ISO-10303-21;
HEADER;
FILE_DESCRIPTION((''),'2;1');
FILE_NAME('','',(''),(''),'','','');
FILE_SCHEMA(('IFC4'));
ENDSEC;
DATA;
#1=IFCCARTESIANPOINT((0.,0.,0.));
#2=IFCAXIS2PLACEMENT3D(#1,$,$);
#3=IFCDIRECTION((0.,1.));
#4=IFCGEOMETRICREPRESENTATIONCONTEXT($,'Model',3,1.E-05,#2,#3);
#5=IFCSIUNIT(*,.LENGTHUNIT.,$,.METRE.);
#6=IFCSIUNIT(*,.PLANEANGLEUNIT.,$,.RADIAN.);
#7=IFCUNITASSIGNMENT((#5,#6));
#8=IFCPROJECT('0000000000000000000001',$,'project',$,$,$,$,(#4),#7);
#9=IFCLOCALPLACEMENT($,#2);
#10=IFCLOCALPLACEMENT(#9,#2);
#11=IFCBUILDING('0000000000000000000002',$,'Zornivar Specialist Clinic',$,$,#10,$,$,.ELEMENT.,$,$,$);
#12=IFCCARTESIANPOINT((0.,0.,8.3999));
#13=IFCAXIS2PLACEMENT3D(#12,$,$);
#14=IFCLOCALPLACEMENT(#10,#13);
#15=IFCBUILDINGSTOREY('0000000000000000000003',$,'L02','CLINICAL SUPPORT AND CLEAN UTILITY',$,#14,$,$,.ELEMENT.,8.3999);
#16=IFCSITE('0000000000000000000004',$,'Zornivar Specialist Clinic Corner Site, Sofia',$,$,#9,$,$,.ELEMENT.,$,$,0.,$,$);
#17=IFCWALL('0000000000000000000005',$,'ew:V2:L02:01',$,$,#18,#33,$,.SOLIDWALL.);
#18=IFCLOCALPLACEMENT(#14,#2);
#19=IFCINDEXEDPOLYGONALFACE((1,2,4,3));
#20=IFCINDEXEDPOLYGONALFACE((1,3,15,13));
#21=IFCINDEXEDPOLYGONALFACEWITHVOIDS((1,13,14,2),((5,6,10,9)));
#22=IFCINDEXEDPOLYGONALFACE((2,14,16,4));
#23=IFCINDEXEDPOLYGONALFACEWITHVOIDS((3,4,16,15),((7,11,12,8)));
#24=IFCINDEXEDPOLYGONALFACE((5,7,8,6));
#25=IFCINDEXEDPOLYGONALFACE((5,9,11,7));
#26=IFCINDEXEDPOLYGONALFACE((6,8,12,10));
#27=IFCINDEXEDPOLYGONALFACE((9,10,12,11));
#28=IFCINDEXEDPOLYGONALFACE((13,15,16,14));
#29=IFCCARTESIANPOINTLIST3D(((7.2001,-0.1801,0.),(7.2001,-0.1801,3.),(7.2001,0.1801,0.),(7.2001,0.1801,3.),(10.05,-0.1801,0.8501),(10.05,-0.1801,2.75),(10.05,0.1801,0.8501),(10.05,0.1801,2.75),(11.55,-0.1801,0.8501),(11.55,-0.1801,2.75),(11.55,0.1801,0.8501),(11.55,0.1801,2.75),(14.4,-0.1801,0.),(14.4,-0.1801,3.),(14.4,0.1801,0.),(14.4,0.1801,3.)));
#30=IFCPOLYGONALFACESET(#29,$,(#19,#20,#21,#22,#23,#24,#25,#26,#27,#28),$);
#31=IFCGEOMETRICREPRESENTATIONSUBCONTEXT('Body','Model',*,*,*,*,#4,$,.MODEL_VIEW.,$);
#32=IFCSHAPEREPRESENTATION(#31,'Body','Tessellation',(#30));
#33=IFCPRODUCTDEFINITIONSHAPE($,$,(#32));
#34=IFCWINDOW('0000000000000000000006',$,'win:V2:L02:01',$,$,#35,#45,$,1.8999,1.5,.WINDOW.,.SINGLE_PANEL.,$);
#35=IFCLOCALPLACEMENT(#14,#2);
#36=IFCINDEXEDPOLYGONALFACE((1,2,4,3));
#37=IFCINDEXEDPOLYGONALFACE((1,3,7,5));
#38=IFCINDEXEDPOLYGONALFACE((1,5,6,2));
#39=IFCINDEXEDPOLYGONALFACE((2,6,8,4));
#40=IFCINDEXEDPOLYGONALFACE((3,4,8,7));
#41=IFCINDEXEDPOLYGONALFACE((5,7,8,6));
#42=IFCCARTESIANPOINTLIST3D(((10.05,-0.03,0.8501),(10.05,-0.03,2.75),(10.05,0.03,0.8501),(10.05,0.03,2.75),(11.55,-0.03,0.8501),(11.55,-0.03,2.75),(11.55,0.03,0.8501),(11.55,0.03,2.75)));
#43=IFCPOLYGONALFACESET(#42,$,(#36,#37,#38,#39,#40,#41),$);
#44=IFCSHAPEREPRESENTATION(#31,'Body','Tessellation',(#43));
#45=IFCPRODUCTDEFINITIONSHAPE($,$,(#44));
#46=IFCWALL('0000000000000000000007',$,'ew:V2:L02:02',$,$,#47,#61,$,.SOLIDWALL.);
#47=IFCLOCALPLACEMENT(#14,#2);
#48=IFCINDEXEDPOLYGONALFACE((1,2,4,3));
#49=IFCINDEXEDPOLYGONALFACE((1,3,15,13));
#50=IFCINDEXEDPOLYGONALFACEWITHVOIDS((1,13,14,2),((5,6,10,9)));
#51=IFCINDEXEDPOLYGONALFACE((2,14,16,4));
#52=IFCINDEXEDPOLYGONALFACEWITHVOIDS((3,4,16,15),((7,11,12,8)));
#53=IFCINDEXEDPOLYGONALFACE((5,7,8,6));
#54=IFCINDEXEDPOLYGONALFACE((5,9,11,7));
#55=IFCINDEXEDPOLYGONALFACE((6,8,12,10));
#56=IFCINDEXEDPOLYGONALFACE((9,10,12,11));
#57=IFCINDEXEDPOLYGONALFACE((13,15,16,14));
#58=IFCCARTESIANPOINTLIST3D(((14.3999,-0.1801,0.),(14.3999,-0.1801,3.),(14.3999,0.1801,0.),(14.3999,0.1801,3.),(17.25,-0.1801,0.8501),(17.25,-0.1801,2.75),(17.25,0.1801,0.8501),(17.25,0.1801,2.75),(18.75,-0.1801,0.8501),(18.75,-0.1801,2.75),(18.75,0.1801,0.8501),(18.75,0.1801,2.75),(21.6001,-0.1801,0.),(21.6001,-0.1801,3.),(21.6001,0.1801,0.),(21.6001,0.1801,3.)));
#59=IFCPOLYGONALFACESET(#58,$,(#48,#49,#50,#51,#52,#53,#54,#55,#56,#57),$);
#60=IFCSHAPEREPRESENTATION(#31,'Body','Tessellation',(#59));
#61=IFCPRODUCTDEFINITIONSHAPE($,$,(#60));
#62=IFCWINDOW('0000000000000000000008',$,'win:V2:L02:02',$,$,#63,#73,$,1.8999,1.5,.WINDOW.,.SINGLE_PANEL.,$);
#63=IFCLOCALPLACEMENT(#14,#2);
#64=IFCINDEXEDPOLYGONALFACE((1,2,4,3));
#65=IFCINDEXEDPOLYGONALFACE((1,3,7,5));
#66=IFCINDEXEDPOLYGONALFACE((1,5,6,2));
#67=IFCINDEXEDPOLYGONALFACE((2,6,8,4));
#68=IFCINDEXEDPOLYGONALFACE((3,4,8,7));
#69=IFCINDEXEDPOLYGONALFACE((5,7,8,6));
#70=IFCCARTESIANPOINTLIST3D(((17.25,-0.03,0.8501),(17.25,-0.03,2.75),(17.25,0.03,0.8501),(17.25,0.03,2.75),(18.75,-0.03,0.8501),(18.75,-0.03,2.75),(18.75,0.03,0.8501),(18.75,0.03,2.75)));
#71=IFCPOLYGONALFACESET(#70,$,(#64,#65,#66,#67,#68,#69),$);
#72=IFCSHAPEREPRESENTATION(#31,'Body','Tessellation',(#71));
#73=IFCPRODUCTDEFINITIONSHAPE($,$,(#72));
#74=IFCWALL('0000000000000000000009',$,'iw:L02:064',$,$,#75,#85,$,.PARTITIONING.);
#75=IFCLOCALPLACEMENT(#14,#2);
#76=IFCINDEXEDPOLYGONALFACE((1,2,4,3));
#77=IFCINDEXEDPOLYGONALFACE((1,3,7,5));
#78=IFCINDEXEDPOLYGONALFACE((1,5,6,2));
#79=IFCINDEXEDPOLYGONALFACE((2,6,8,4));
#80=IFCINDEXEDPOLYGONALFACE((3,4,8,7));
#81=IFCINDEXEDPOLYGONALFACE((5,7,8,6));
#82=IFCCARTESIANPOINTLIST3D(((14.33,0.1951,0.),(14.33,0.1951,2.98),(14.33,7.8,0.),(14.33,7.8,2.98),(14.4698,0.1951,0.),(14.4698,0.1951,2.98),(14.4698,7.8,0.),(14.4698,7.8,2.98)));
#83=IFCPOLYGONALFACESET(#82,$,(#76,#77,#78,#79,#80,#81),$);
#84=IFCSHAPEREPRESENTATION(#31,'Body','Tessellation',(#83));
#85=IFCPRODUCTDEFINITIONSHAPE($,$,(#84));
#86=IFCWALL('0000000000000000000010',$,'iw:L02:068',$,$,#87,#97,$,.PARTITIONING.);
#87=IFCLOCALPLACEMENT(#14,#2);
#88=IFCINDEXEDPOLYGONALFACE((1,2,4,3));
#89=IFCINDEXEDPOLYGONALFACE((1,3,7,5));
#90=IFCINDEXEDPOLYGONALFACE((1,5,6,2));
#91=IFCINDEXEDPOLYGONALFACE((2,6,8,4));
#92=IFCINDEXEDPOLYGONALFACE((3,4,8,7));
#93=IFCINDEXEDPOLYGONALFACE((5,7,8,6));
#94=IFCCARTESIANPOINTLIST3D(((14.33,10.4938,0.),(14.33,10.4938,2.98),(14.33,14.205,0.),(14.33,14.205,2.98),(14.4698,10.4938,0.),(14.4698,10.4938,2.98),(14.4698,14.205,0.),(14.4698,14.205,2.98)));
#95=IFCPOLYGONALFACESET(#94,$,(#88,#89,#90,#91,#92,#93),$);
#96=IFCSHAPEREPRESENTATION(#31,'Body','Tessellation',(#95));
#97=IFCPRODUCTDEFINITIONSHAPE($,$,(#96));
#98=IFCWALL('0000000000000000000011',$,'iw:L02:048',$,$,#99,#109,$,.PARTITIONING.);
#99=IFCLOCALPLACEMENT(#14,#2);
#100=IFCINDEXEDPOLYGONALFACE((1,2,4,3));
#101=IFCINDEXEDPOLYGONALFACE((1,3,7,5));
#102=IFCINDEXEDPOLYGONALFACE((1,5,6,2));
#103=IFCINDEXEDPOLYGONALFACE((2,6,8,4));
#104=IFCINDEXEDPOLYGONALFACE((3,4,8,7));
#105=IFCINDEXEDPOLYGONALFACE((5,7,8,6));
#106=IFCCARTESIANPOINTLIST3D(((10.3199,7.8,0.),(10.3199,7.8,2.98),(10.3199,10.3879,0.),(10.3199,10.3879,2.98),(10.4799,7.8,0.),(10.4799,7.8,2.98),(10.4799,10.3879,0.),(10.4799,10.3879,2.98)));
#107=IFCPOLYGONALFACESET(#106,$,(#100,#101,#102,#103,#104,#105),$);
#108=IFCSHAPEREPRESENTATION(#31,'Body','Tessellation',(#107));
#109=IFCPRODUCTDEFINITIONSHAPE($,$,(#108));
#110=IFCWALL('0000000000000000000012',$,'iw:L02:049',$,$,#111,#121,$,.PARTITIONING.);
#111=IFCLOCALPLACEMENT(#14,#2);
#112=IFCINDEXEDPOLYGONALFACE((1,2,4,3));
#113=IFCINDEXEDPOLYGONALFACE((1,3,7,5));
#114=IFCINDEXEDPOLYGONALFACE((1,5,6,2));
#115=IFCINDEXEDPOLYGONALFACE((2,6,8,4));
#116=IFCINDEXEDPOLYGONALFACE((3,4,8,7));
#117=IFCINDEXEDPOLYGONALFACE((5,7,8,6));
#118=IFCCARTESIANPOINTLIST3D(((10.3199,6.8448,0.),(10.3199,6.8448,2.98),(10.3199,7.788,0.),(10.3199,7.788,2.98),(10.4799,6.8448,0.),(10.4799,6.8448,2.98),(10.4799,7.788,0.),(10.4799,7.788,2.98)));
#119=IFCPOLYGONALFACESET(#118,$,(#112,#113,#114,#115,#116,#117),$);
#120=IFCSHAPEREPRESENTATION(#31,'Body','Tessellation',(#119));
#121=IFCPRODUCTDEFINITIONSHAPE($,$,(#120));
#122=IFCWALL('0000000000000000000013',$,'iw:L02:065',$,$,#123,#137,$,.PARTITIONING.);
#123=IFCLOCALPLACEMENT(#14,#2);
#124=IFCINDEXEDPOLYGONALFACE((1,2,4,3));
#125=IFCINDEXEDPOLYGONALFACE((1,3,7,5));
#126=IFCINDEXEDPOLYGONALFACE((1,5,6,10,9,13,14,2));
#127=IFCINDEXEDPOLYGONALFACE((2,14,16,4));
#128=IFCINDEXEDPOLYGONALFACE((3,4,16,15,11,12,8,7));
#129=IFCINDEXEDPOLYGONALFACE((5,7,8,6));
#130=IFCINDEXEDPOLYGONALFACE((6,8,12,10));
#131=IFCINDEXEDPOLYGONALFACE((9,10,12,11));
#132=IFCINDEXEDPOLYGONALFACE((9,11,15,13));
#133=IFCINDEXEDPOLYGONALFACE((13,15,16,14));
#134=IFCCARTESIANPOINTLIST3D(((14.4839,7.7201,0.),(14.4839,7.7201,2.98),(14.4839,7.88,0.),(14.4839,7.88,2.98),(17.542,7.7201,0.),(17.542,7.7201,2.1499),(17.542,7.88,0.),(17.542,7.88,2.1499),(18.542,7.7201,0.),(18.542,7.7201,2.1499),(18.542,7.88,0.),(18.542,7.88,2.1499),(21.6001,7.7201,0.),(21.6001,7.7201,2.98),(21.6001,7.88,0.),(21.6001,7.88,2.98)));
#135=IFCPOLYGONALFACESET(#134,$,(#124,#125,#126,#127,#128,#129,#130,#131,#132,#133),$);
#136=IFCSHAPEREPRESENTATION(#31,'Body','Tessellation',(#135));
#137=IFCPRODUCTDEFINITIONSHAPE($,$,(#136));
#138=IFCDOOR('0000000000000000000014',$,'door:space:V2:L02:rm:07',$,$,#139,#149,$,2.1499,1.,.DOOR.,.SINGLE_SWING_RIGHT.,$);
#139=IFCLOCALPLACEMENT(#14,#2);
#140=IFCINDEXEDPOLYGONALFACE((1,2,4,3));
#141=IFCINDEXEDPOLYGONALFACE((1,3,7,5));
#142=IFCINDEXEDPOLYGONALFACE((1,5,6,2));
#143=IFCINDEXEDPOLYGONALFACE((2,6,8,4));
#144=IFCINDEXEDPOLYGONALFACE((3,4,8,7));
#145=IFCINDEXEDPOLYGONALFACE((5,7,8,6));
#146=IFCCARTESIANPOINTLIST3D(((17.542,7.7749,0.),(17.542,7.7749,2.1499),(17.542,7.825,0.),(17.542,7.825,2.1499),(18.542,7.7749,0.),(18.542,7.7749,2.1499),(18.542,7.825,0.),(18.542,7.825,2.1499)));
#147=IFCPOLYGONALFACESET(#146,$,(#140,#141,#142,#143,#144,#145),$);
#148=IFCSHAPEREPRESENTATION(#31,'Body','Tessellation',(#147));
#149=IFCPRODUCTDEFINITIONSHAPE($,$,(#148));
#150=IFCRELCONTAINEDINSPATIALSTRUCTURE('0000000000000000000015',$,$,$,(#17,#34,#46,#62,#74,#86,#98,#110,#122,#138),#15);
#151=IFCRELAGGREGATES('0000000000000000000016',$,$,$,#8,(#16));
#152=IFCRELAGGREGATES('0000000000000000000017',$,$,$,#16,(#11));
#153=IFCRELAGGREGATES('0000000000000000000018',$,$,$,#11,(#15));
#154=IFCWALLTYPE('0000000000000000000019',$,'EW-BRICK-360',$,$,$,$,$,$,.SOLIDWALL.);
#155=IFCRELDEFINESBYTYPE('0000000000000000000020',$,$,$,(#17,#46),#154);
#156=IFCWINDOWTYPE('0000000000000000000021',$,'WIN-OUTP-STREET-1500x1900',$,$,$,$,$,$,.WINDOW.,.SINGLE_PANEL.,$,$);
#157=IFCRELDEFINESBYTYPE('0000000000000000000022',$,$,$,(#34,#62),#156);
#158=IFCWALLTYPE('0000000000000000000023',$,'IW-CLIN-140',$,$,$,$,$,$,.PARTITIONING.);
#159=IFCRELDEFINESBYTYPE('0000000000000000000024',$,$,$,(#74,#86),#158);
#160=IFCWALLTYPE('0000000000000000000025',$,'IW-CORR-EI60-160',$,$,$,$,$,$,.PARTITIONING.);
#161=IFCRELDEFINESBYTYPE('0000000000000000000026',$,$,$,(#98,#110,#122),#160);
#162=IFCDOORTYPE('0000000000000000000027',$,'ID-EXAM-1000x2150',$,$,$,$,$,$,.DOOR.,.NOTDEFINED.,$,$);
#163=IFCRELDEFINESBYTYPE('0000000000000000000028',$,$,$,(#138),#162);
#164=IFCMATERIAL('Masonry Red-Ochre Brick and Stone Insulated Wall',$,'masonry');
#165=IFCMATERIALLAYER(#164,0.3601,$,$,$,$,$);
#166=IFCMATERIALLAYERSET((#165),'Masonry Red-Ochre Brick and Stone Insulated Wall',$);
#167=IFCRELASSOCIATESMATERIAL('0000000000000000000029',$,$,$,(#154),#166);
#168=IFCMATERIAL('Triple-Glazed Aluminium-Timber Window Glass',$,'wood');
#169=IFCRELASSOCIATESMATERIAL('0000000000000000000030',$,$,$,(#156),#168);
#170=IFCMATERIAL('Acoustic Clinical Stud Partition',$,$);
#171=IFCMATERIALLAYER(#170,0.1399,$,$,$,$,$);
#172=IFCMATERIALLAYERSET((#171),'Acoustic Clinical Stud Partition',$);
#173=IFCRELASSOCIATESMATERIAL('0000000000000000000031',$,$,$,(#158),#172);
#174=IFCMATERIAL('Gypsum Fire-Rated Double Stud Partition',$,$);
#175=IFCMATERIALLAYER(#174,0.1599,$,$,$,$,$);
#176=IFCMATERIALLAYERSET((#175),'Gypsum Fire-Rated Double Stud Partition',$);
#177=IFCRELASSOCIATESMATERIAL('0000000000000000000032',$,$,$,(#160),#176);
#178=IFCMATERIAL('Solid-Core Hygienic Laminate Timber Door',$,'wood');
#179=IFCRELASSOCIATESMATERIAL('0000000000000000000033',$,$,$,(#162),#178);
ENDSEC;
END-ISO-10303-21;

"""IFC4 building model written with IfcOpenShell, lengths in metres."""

from ifc_helpers import new_model, si_unit, direction, frame, frame_2d, origin, place, context, subcontext, project, spatial, rectangle, extrude, material, layer, layer_set, type_object, element, fill, save


model = new_model("IFC4")

# Units and contexts
model_context = context("Model", 3, precision=1e-05, world=origin(), true_north=direction((0.0, 1.0)))
body_context = subcontext(model_context, "Body", "Model", "MODEL_VIEW")
ifc_project = project(units=[si_unit("LENGTHUNIT", "METRE"), si_unit("PLANEANGLEUNIT", "RADIAN")], contexts=[model_context])

# Site, building, storey
site_placement = place(None, origin())
site = spatial("IfcSite", under=ifc_project, at=site_placement, Name="Zornivar Specialist Clinic Corner Site, Sofia", CompositionType="ELEMENT", RefElevation=0.0)
building_placement = place(site_placement, origin())
building = spatial("IfcBuilding", under=site, at=building_placement, Name="Zornivar Specialist Clinic", CompositionType="ELEMENT")
storey_placement = place(building_placement, frame((0.0, 0.0, 8.3999)))
storey = spatial("IfcBuildingStorey", under=building, at=storey_placement, Name="L02", Description="CLINICAL SUPPORT AND CLEAN UTILITY", CompositionType="ELEMENT", Elevation=8.3999)

# Walls, openings, windows
ifc_material_1 = material(Name="Masonry Red-Ochre Brick and Stone Insulated Wall", Category="masonry")
ifc_layer_1 = layer(ifc_material_1, 0.3601)
ifc_layer_set_1 = layer_set([ifc_layer_1], Name="Masonry Red-Ochre Brick and Stone Insulated Wall")
wall_type_1 = type_object("IfcWallType", Name="EW-BRICK-360", PredefinedType="SOLIDWALL", material=ifc_layer_set_1)
wall_1_placement = place(storey_placement, frame((7.2, 0.0, 0.0), z_axis=(0.0, 0.0, 1.0), x_axis=(1.0, 0.0, 0.0)))
wall_1 = element("IfcWall", 1, at=wall_1_placement, inside=storey, type_object=wall_type_1, Name="ew:V2:L02:01", PredefinedType="SOLIDWALL", context=body_context, shape_type="SweptSolid", body=[
    extrude(rectangle(XDim=7.2, YDim=0.3601, at=frame_2d((3.6001, 0.0))), origin(), (0.0, 0.0, 1.0), 3.0),
])
opening_1_placement = place(wall_1_placement, frame((2.8501, 0.0, 0.8501)))
opening_1 = element("IfcOpeningElement", 2, at=opening_1_placement, cuts=wall_1, PredefinedType="OPENING", context=body_context, shape_type="SweptSolid", body=[
    extrude(rectangle(XDim=1.5, YDim=1.8999, at=frame_2d((0.75, 0.95))), frame((0.0, 0.1899, 0.0), z_axis=(0.0, -1.0, 0.0), x_axis=(1.0, 0.0, 0.0)), (0.0, 0.0, 1.0), 0.3801),
])
ifc_material_2 = material(Name="Triple-Glazed Aluminium-Timber Window Glass", Category="wood")
window_type = type_object("IfcWindowType", Name="WIN-OUTP-STREET-1500x1900", PartitioningType="SINGLE_PANEL", PredefinedType="WINDOW", material=ifc_material_2)
window_1_placement = place(opening_1_placement, origin())
window_1 = element("IfcWindow", 3, at=window_1_placement, inside=storey, type_object=window_type, Name="win:V2:L02:01", OverallHeight=1.8999, OverallWidth=1.5, PartitioningType="SINGLE_PANEL", PredefinedType="WINDOW", context=body_context, shape_type="SweptSolid", body=[
    extrude(rectangle(XDim=1.5, YDim=1.8999, at=frame_2d((0.75, 0.95))), frame((0.0, 0.03, 0.0), z_axis=(0.0, -1.0, 0.0), x_axis=(1.0, 0.0, 0.0)), (0.0, 0.0, 1.0), 0.0601),
])
fill(opening_1, window_1)
wall_2_placement = place(storey_placement, frame((14.3999, 0.0, 0.0), z_axis=(0.0, 0.0, 1.0), x_axis=(1.0, 0.0, 0.0)))
wall_2 = element("IfcWall", 4, at=wall_2_placement, inside=storey, type_object=wall_type_1, Name="ew:V2:L02:02", PredefinedType="SOLIDWALL", context=body_context, shape_type="SweptSolid", body=[
    extrude(rectangle(XDim=7.2002, YDim=0.3601, at=frame_2d((3.6001, 0.0))), origin(), (0.0, 0.0, 1.0), 3.0),
])
opening_2_placement = place(wall_2_placement, frame((2.8501, 0.0, 0.8501)))
opening_2 = element("IfcOpeningElement", 5, at=opening_2_placement, cuts=wall_2, PredefinedType="OPENING", context=body_context, shape_type="SweptSolid", body=[
    extrude(rectangle(XDim=1.5, YDim=1.8999, at=frame_2d((0.75, 0.95))), frame((0.0, 0.1899, 0.0), z_axis=(0.0, -1.0, 0.0), x_axis=(1.0, 0.0, 0.0)), (0.0, 0.0, 1.0), 0.3801),
])
window_2_placement = place(opening_2_placement, origin())
window_2 = element("IfcWindow", 6, at=window_2_placement, inside=storey, type_object=window_type, Name="win:V2:L02:02", OverallHeight=1.8999, OverallWidth=1.5, PartitioningType="SINGLE_PANEL", PredefinedType="WINDOW", context=body_context, shape_type="SweptSolid", body=[
    extrude(rectangle(XDim=1.5, YDim=1.8999, at=frame_2d((0.75, 0.95))), frame((0.0, 0.03, 0.0), z_axis=(0.0, -1.0, 0.0), x_axis=(1.0, 0.0, 0.0)), (0.0, 0.0, 1.0), 0.0601),
])
fill(opening_2, window_2)

# Walls
ifc_material_3 = material(Name="Acoustic Clinical Stud Partition")
ifc_layer_2 = layer(ifc_material_3, 0.1399)
ifc_layer_set_2 = layer_set([ifc_layer_2], Name="Acoustic Clinical Stud Partition")
wall_type_2 = type_object("IfcWallType", Name="IW-CLIN-140", PredefinedType="PARTITIONING", material=ifc_layer_set_2)
wall_3_placement = place(storey_placement, frame((14.3999, 0.1951, 0.0), z_axis=(0.0, 0.0, 1.0), x_axis=(0.0, 1.0, 0.0)))
element("IfcWall", 7, at=wall_3_placement, inside=storey, type_object=wall_type_2, Name="iw:L02:064", PredefinedType="PARTITIONING", context=body_context, shape_type="SweptSolid", body=[
    extrude(rectangle(XDim=7.605, YDim=0.1399, at=frame_2d((3.8025, 0.0))), origin(), (0.0, 0.0, 1.0), 2.98),
])
wall_4_placement = place(storey_placement, frame((14.3999, 10.4939, 0.0), z_axis=(0.0, 0.0, 1.0), x_axis=(0.0, 1.0, 0.0)))
element("IfcWall", 8, at=wall_4_placement, inside=storey, type_object=wall_type_2, Name="iw:L02:068", PredefinedType="PARTITIONING", context=body_context, shape_type="SweptSolid", body=[
    extrude(rectangle(XDim=3.7112, YDim=0.1399, at=frame_2d((1.8555, 0.0))), origin(), (0.0, 0.0, 1.0), 2.98),
])
ifc_material_4 = material(Name="Gypsum Fire-Rated Double Stud Partition")
ifc_layer_3 = layer(ifc_material_4, 0.1599)
ifc_layer_set_3 = layer_set([ifc_layer_3], Name="Gypsum Fire-Rated Double Stud Partition")
wall_type_3 = type_object("IfcWallType", Name="IW-CORR-EI60-160", PredefinedType="PARTITIONING", material=ifc_layer_set_3)
wall_5_placement = place(storey_placement, frame((10.3999, 10.3879, 0.0), z_axis=(0.0, 0.0, 1.0), x_axis=(0.0, -1.0, 0.0)))
element("IfcWall", 9, at=wall_5_placement, inside=storey, type_object=wall_type_3, Name="iw:L02:048", PredefinedType="PARTITIONING", context=body_context, shape_type="SweptSolid", body=[
    extrude(rectangle(XDim=2.5879, YDim=0.1599, at=frame_2d((1.2939, 0.0))), origin(), (0.0, 0.0, 1.0), 2.98),
])
wall_6_placement = place(storey_placement, frame((10.3999, 7.7881, 0.0), z_axis=(0.0, 0.0, 1.0), x_axis=(0.0, -1.0, 0.0)))
element("IfcWall", 10, at=wall_6_placement, inside=storey, type_object=wall_type_3, Name="iw:L02:049", PredefinedType="PARTITIONING", context=body_context, shape_type="SweptSolid", body=[
    extrude(rectangle(XDim=0.9431, YDim=0.1599, at=frame_2d((0.4717, 0.0))), origin(), (0.0, 0.0, 1.0), 2.98),
])

# Wall, opening, door
wall_7_placement = place(storey_placement, frame((14.4839, 7.8, 0.0), z_axis=(0.0, 0.0, 1.0), x_axis=(1.0, 0.0, 0.0)))
wall_7 = element("IfcWall", 11, at=wall_7_placement, inside=storey, type_object=wall_type_3, Name="iw:L02:065", PredefinedType="PARTITIONING", context=body_context, shape_type="SweptSolid", body=[
    extrude(rectangle(XDim=7.1162, YDim=0.1599, at=frame_2d((3.5581, 0.0))), origin(), (0.0, 0.0, 1.0), 2.98),
])
opening_3_placement = place(wall_7_placement, frame((3.0581, 0.0, 0.0)))
opening_3 = element("IfcOpeningElement", 12, at=opening_3_placement, cuts=wall_7, PredefinedType="OPENING", context=body_context, shape_type="SweptSolid", body=[
    extrude(rectangle(XDim=1.0, YDim=2.1499, at=frame_2d((0.5, 1.075))), frame((0.0, 0.0898, 0.0), z_axis=(0.0, -1.0, 0.0), x_axis=(1.0, 0.0, 0.0)), (0.0, 0.0, 1.0), 0.1799),
])
ifc_material_5 = material(Name="Solid-Core Hygienic Laminate Timber Door", Category="wood")
door_type_1 = type_object("IfcDoorType", Name="ID-EXAM-1000x2150", OperationType="NOTDEFINED", PredefinedType="DOOR", material=ifc_material_5)
door_1_placement = place(opening_3_placement, origin())
door_1 = element("IfcDoor", 13, at=door_1_placement, inside=storey, type_object=door_type_1, Name="door:space:V2:L02:rm:07", OperationType="SINGLE_SWING_RIGHT", OverallHeight=2.1499, OverallWidth=1.0, PredefinedType="DOOR", context=body_context, shape_type="SweptSolid", body=[
    extrude(rectangle(XDim=1.0, YDim=2.1499, at=frame_2d((0.5, 1.075))), frame((0.0, 0.0249, 0.0), z_axis=(0.0, -1.0, 0.0), x_axis=(1.0, 0.0, 0.0)), (0.0, 0.0, 1.0), 0.05),
])
fill(opening_3, door_1)

save(model, "model.ifc")
